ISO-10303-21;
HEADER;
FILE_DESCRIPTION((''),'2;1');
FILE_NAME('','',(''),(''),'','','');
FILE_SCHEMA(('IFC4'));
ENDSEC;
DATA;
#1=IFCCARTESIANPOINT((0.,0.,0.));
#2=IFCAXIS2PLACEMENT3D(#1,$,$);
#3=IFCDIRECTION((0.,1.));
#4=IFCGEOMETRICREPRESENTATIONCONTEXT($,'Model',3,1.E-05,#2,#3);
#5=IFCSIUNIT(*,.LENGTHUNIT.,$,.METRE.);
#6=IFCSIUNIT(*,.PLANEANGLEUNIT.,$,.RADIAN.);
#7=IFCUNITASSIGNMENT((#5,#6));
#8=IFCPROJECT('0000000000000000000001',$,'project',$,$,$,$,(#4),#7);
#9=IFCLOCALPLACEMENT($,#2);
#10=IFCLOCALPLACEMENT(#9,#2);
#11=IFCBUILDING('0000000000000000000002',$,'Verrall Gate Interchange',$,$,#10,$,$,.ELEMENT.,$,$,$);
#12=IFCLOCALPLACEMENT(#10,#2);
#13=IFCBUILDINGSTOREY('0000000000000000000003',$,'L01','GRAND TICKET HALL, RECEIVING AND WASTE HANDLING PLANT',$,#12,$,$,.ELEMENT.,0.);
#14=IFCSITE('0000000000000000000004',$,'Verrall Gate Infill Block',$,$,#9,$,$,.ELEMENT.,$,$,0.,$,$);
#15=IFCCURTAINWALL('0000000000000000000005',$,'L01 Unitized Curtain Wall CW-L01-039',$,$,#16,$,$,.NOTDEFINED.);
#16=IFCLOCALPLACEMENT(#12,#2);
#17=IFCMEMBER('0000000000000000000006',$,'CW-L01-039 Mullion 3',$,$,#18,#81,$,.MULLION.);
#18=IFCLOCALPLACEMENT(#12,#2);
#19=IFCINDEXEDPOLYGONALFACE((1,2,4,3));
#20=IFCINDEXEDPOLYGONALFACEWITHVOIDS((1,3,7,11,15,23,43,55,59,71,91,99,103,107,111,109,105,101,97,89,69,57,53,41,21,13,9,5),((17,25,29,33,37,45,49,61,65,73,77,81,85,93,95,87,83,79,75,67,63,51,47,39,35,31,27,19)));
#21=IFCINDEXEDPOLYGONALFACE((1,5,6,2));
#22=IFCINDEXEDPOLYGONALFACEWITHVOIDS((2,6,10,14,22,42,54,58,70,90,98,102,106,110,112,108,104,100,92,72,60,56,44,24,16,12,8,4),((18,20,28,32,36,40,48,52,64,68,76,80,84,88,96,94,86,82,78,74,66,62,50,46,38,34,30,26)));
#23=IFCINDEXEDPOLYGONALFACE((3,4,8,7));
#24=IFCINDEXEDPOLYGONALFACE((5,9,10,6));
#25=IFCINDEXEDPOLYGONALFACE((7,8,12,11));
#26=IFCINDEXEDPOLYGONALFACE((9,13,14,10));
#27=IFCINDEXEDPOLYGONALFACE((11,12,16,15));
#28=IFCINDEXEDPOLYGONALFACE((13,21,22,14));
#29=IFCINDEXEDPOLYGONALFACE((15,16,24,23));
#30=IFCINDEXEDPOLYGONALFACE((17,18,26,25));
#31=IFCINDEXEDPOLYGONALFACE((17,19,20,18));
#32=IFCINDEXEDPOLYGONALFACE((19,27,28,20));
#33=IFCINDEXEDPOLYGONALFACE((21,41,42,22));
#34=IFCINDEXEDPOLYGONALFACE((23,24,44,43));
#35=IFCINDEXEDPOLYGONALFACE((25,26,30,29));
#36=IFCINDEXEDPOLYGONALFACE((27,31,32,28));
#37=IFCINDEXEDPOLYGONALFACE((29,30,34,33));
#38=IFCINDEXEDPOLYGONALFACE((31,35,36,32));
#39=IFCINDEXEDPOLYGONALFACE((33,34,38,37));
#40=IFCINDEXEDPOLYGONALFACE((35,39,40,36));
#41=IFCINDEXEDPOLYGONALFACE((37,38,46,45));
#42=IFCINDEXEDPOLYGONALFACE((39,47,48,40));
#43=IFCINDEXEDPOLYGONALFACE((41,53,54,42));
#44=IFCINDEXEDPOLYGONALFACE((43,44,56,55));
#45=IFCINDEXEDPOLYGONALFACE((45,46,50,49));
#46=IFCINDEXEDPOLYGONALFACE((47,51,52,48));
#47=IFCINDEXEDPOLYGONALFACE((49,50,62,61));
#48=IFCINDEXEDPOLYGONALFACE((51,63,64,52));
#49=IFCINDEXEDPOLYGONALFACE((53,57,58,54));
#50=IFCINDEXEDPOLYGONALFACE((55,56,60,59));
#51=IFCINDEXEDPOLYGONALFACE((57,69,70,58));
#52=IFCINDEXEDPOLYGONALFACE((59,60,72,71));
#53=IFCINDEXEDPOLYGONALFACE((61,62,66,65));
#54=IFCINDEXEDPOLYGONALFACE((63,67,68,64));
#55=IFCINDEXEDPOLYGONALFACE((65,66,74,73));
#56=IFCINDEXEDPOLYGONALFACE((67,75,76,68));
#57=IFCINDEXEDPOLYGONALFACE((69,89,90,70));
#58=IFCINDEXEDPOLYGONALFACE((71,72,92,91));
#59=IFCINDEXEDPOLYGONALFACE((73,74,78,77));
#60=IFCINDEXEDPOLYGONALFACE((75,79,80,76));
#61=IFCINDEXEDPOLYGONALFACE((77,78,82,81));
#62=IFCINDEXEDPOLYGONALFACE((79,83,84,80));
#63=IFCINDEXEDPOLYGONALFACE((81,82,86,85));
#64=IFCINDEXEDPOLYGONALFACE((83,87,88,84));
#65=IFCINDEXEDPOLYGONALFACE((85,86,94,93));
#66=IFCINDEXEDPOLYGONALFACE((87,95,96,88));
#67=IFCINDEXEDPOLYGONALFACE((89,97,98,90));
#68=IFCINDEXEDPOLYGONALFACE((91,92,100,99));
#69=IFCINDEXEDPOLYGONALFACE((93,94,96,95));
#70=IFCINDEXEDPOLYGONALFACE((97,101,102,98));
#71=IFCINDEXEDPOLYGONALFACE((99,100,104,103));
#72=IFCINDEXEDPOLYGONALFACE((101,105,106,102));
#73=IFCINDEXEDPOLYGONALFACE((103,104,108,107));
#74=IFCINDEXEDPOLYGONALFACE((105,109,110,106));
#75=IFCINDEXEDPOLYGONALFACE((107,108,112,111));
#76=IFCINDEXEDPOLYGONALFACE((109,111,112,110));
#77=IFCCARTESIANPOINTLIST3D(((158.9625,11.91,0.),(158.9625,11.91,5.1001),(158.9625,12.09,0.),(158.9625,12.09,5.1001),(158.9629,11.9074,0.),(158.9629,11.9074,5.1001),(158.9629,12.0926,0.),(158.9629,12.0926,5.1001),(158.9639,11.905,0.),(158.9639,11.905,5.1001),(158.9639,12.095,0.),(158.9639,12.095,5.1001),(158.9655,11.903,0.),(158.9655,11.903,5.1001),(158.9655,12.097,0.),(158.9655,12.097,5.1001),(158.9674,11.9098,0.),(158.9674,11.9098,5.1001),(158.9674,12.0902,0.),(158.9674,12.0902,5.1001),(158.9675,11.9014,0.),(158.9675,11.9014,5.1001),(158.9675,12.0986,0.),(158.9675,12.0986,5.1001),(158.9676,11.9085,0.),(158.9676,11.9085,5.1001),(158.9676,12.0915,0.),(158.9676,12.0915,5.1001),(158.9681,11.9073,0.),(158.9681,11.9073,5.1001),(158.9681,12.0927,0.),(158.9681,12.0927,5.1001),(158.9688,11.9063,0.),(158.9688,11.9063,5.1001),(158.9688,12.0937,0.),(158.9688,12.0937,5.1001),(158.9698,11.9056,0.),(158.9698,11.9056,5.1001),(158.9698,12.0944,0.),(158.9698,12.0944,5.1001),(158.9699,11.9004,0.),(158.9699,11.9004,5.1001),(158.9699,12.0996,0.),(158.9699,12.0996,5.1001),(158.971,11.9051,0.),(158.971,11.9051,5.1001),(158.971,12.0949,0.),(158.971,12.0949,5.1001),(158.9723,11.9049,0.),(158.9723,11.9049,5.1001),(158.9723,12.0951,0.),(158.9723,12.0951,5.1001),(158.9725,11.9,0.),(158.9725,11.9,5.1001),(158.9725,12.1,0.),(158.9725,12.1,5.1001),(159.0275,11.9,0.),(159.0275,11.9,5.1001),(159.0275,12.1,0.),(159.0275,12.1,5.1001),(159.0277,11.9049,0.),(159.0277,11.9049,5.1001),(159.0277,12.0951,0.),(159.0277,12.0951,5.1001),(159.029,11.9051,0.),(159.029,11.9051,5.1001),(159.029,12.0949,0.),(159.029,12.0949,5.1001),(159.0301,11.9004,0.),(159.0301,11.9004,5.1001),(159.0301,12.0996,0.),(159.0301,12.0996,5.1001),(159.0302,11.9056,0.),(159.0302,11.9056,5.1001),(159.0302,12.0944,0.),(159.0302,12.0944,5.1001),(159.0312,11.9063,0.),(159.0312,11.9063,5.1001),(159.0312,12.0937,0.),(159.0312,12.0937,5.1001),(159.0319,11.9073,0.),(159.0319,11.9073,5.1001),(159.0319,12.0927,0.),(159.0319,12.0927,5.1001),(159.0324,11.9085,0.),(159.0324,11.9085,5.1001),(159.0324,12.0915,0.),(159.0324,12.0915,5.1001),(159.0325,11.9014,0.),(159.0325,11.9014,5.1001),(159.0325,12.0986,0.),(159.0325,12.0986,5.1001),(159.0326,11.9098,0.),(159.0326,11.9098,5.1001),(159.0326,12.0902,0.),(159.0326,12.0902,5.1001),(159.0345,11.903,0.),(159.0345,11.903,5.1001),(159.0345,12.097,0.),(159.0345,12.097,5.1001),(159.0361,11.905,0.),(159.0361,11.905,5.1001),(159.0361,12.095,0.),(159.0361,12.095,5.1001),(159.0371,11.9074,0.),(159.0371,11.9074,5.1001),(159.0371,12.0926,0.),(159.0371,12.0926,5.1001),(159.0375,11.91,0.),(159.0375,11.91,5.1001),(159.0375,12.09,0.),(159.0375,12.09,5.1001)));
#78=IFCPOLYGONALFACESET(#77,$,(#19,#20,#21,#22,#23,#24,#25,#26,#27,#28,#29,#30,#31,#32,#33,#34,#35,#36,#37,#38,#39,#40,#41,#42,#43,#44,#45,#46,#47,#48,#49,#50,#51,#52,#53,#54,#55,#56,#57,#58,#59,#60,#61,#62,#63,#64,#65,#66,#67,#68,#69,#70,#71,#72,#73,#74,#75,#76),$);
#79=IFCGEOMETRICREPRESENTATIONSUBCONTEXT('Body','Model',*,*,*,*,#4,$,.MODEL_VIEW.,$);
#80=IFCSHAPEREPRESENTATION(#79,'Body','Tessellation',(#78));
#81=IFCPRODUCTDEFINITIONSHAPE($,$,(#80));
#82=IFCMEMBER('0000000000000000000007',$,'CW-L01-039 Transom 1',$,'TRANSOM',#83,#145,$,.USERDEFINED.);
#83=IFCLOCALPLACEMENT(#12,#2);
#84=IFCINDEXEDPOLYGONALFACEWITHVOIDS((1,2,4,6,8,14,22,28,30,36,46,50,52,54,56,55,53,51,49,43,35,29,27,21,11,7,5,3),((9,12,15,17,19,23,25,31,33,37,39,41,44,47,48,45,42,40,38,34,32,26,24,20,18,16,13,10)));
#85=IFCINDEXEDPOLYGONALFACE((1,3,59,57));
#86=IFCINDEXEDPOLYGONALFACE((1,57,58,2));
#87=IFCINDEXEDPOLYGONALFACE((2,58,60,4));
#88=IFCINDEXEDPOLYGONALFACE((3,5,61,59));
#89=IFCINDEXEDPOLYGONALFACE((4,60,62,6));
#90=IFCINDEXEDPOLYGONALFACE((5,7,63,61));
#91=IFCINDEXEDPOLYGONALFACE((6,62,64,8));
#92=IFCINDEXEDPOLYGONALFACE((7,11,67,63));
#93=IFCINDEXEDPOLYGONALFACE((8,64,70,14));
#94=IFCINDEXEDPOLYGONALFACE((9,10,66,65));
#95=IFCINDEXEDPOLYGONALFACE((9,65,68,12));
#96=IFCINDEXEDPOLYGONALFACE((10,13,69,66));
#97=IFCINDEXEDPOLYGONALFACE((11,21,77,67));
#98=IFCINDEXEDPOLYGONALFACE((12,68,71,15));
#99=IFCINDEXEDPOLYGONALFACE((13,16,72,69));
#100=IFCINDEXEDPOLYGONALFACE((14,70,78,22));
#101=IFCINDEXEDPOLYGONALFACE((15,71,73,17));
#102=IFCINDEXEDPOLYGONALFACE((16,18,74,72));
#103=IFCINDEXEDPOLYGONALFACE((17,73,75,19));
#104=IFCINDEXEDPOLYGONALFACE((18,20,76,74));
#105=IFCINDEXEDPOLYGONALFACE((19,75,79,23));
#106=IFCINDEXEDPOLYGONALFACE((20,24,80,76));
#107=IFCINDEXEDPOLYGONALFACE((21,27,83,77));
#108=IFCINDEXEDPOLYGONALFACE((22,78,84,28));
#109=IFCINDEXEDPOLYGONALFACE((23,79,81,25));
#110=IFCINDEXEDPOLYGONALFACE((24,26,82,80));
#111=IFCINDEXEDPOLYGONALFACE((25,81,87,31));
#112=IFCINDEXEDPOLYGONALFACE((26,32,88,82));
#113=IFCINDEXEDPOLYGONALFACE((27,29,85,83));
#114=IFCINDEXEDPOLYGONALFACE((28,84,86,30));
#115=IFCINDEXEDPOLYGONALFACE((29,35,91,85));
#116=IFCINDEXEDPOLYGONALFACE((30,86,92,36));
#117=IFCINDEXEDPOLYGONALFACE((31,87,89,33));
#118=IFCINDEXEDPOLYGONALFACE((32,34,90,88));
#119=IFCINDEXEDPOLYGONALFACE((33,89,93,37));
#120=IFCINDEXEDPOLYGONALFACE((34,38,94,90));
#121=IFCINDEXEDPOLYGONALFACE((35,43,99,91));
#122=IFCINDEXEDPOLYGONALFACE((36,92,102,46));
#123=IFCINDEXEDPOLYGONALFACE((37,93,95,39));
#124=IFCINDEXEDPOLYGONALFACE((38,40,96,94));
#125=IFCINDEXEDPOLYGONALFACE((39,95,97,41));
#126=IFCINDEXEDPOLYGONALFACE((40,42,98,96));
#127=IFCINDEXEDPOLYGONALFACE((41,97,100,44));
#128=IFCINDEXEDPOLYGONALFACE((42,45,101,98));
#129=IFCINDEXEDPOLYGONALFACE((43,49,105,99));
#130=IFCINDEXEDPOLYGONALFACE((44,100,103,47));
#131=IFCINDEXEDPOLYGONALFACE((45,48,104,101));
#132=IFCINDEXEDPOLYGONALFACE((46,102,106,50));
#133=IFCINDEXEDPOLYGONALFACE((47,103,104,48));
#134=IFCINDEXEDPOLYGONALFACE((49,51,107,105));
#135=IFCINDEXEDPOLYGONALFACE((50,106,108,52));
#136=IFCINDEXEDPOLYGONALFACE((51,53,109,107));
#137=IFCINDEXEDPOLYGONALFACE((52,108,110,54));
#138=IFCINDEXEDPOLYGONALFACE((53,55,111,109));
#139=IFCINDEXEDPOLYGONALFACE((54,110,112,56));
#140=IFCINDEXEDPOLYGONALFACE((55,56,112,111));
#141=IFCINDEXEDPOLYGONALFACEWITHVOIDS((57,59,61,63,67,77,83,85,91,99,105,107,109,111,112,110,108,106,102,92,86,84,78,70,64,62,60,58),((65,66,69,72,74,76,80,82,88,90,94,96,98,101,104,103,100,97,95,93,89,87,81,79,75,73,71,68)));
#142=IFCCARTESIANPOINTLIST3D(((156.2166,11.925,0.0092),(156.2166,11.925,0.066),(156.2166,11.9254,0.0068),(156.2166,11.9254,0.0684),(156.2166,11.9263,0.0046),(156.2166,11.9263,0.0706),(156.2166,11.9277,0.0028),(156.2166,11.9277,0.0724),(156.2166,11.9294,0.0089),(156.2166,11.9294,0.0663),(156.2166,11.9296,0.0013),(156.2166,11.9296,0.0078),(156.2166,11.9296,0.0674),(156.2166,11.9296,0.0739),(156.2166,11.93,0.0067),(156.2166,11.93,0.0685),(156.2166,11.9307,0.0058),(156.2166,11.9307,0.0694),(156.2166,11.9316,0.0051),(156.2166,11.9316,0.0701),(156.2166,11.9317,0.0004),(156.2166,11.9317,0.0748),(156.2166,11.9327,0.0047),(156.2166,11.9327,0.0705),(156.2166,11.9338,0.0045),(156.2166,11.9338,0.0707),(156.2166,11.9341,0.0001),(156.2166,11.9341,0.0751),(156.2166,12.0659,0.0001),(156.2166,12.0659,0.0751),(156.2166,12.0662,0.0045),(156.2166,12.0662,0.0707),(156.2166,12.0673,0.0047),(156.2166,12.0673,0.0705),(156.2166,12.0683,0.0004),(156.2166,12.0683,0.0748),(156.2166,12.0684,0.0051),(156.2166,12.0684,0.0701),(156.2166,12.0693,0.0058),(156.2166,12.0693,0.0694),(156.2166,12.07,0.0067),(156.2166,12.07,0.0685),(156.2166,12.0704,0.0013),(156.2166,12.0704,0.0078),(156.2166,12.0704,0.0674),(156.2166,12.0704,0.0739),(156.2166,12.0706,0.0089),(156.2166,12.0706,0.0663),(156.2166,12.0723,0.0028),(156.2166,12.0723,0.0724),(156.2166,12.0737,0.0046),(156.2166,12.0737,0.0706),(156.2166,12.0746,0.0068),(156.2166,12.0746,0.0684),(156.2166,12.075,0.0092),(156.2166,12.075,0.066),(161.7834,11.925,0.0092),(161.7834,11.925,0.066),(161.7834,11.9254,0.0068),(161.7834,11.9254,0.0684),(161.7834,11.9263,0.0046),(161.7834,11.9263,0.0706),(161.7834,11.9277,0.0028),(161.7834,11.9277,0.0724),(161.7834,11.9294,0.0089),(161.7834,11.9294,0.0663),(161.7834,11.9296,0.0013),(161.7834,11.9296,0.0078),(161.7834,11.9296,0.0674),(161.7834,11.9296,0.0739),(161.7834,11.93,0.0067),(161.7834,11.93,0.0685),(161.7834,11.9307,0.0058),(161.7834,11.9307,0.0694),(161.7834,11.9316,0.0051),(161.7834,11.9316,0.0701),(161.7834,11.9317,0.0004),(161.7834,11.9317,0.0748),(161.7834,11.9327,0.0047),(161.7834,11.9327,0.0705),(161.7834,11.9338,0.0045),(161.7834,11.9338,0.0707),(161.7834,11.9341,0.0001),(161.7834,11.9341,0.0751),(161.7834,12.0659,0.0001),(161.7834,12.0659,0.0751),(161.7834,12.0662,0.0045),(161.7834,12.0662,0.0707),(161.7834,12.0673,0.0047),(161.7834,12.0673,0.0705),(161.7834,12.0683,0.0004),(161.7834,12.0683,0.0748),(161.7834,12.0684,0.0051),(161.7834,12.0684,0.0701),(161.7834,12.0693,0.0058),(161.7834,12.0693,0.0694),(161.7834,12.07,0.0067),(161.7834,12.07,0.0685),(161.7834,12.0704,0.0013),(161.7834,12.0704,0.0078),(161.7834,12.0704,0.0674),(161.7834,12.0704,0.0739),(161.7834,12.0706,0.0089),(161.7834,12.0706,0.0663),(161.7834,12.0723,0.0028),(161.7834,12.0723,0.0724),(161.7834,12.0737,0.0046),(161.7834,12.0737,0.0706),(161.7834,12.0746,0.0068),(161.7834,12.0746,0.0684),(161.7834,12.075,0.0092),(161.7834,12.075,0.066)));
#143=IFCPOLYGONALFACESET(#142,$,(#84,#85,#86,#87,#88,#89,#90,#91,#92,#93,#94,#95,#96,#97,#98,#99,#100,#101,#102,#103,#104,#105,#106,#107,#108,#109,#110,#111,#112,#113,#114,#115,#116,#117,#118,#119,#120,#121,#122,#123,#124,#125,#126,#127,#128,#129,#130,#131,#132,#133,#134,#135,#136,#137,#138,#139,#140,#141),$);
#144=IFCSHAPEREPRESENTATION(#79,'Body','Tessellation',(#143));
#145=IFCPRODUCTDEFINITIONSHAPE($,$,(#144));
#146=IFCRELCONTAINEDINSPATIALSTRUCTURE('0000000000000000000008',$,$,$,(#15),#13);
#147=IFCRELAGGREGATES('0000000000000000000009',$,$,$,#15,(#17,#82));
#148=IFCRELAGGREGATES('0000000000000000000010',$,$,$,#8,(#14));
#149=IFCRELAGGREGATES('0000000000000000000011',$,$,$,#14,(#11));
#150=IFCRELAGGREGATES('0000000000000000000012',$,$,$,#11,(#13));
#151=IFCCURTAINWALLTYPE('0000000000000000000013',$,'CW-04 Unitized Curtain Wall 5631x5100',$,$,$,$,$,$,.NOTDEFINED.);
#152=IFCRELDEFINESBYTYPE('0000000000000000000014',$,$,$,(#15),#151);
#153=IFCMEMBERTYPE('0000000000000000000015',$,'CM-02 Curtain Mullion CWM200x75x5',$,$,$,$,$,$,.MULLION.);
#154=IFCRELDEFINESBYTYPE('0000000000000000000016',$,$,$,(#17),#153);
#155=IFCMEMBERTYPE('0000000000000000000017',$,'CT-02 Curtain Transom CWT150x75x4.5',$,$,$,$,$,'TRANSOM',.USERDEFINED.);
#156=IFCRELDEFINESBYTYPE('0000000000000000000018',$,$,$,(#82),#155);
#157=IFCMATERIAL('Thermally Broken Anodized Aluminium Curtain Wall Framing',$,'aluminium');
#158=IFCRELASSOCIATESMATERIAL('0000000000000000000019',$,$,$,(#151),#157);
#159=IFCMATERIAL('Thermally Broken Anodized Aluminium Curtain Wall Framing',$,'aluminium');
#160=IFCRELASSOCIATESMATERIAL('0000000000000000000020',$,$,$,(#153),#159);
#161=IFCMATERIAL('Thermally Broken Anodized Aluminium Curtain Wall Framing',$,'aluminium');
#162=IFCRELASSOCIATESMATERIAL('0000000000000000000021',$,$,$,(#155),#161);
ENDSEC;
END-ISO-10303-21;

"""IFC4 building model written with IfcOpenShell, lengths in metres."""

from ifc_helpers import new_model, si_unit, direction, frame, origin, origin_2d, place, context, subcontext, project, spatial, hollow_rectangle, extrude, material, material_profile, profile_set, type_object, element, aggregate, save


model = new_model("IFC4")

# Units and contexts
model_context = context("Model", 3, precision=1e-05, world=origin(), true_north=direction((0.0, 1.0)))
body_context = subcontext(model_context, "Body", "Model", "MODEL_VIEW")
ifc_project = project(units=[si_unit("LENGTHUNIT", "METRE"), si_unit("PLANEANGLEUNIT", "RADIAN")], contexts=[model_context])

# Site, building, storey
site_placement = place(None, origin())
site = spatial("IfcSite", under=ifc_project, at=site_placement, Name="Verrall Gate Infill Block", CompositionType="ELEMENT", RefElevation=0.0)
building_placement = place(site_placement, origin())
building = spatial("IfcBuilding", under=site, at=building_placement, Name="Verrall Gate Interchange", CompositionType="ELEMENT")
storey_placement = place(building_placement, origin())
storey = spatial("IfcBuildingStorey", under=building, at=storey_placement, Name="L01", Description="GRAND TICKET HALL, RECEIVING AND WASTE HANDLING PLANT", CompositionType="ELEMENT", Elevation=0.0)

# Curtain wall, members
ifc_material_1 = material(Name="Thermally Broken Anodized Aluminium Curtain Wall Framing", Category="aluminium")
curtain_wall_type = type_object("IfcCurtainWallType", Name="CW-04 Unitized Curtain Wall 5631x5100", PredefinedType="NOTDEFINED", material=ifc_material_1)
curtain_wall_placement = place(storey_placement, origin())
curtain_wall = element("IfcCurtainWall", 1, at=curtain_wall_placement, inside=storey, type_object=curtain_wall_type, Name="L01 Unitized Curtain Wall CW-L01-039", PredefinedType="NOTDEFINED")
ifc_material_2 = material(Name="Thermally Broken Anodized Aluminium Curtain Wall Framing", Category="aluminium")
ifc_material_profile_1 = material_profile(ifc_material_2, hollow_rectangle(XDim=0.075, YDim=0.2, WallThickness=0.0049, InnerFilletRadius=0.0049, OuterFilletRadius=0.01, at=origin_2d()), Name="CWM200x75x5")
ifc_profile_set_1 = profile_set([ifc_material_profile_1], Name="Thermally Broken Anodized Aluminium Curtain Wall Framing")
member_type_1 = type_object("IfcMemberType", Name="CM-02 Curtain Mullion CWM200x75x5", PredefinedType="MULLION", material=ifc_profile_set_1)
member_1_placement = place(storey_placement, frame((159.0, 12.0, 0.0), z_axis=(0.0, 0.0, 1.0), x_axis=(1.0, 0.0, 0.0)))
member_1 = element("IfcMember", 2, at=member_1_placement, type_object=member_type_1, Name="CW-L01-039 Mullion 3", PredefinedType="MULLION", context=body_context, shape_type="SweptSolid", body=[
    extrude(hollow_rectangle(XDim=0.075, YDim=0.2, WallThickness=0.0049, InnerFilletRadius=0.0049, OuterFilletRadius=0.01, at=origin_2d()), origin(), (0.0, 0.0, 1.0), 5.1001),
])
ifc_material_3 = material(Name="Thermally Broken Anodized Aluminium Curtain Wall Framing", Category="aluminium")
ifc_material_profile_2 = material_profile(ifc_material_3, hollow_rectangle(XDim=0.1499, YDim=0.075, WallThickness=0.0044, InnerFilletRadius=0.0044, OuterFilletRadius=0.009, at=origin_2d()), Name="CWT150x75x4.5")
ifc_profile_set_2 = profile_set([ifc_material_profile_2], Name="Thermally Broken Anodized Aluminium Curtain Wall Framing")
member_type_2 = type_object("IfcMemberType", Name="CT-02 Curtain Transom CWT150x75x4.5", ElementType="TRANSOM", PredefinedType="USERDEFINED", material=ifc_profile_set_2)
member_2_placement = place(storey_placement, frame((156.2166, 12.0, 0.0376), z_axis=(1.0, 0.0, 0.0), x_axis=(0.0, 1.0, 0.0)))
member_2 = element("IfcMember", 3, at=member_2_placement, type_object=member_type_2, Name="CW-L01-039 Transom 1", ObjectType="TRANSOM", PredefinedType="USERDEFINED", context=body_context, shape_type="SweptSolid", body=[
    extrude(hollow_rectangle(XDim=0.1499, YDim=0.075, WallThickness=0.0044, InnerFilletRadius=0.0044, OuterFilletRadius=0.009, at=origin_2d()), origin(), (0.0, 0.0, 1.0), 5.5669),
])

aggregate(curtain_wall, [member_1, member_2])

save(model, "model.ifc")
